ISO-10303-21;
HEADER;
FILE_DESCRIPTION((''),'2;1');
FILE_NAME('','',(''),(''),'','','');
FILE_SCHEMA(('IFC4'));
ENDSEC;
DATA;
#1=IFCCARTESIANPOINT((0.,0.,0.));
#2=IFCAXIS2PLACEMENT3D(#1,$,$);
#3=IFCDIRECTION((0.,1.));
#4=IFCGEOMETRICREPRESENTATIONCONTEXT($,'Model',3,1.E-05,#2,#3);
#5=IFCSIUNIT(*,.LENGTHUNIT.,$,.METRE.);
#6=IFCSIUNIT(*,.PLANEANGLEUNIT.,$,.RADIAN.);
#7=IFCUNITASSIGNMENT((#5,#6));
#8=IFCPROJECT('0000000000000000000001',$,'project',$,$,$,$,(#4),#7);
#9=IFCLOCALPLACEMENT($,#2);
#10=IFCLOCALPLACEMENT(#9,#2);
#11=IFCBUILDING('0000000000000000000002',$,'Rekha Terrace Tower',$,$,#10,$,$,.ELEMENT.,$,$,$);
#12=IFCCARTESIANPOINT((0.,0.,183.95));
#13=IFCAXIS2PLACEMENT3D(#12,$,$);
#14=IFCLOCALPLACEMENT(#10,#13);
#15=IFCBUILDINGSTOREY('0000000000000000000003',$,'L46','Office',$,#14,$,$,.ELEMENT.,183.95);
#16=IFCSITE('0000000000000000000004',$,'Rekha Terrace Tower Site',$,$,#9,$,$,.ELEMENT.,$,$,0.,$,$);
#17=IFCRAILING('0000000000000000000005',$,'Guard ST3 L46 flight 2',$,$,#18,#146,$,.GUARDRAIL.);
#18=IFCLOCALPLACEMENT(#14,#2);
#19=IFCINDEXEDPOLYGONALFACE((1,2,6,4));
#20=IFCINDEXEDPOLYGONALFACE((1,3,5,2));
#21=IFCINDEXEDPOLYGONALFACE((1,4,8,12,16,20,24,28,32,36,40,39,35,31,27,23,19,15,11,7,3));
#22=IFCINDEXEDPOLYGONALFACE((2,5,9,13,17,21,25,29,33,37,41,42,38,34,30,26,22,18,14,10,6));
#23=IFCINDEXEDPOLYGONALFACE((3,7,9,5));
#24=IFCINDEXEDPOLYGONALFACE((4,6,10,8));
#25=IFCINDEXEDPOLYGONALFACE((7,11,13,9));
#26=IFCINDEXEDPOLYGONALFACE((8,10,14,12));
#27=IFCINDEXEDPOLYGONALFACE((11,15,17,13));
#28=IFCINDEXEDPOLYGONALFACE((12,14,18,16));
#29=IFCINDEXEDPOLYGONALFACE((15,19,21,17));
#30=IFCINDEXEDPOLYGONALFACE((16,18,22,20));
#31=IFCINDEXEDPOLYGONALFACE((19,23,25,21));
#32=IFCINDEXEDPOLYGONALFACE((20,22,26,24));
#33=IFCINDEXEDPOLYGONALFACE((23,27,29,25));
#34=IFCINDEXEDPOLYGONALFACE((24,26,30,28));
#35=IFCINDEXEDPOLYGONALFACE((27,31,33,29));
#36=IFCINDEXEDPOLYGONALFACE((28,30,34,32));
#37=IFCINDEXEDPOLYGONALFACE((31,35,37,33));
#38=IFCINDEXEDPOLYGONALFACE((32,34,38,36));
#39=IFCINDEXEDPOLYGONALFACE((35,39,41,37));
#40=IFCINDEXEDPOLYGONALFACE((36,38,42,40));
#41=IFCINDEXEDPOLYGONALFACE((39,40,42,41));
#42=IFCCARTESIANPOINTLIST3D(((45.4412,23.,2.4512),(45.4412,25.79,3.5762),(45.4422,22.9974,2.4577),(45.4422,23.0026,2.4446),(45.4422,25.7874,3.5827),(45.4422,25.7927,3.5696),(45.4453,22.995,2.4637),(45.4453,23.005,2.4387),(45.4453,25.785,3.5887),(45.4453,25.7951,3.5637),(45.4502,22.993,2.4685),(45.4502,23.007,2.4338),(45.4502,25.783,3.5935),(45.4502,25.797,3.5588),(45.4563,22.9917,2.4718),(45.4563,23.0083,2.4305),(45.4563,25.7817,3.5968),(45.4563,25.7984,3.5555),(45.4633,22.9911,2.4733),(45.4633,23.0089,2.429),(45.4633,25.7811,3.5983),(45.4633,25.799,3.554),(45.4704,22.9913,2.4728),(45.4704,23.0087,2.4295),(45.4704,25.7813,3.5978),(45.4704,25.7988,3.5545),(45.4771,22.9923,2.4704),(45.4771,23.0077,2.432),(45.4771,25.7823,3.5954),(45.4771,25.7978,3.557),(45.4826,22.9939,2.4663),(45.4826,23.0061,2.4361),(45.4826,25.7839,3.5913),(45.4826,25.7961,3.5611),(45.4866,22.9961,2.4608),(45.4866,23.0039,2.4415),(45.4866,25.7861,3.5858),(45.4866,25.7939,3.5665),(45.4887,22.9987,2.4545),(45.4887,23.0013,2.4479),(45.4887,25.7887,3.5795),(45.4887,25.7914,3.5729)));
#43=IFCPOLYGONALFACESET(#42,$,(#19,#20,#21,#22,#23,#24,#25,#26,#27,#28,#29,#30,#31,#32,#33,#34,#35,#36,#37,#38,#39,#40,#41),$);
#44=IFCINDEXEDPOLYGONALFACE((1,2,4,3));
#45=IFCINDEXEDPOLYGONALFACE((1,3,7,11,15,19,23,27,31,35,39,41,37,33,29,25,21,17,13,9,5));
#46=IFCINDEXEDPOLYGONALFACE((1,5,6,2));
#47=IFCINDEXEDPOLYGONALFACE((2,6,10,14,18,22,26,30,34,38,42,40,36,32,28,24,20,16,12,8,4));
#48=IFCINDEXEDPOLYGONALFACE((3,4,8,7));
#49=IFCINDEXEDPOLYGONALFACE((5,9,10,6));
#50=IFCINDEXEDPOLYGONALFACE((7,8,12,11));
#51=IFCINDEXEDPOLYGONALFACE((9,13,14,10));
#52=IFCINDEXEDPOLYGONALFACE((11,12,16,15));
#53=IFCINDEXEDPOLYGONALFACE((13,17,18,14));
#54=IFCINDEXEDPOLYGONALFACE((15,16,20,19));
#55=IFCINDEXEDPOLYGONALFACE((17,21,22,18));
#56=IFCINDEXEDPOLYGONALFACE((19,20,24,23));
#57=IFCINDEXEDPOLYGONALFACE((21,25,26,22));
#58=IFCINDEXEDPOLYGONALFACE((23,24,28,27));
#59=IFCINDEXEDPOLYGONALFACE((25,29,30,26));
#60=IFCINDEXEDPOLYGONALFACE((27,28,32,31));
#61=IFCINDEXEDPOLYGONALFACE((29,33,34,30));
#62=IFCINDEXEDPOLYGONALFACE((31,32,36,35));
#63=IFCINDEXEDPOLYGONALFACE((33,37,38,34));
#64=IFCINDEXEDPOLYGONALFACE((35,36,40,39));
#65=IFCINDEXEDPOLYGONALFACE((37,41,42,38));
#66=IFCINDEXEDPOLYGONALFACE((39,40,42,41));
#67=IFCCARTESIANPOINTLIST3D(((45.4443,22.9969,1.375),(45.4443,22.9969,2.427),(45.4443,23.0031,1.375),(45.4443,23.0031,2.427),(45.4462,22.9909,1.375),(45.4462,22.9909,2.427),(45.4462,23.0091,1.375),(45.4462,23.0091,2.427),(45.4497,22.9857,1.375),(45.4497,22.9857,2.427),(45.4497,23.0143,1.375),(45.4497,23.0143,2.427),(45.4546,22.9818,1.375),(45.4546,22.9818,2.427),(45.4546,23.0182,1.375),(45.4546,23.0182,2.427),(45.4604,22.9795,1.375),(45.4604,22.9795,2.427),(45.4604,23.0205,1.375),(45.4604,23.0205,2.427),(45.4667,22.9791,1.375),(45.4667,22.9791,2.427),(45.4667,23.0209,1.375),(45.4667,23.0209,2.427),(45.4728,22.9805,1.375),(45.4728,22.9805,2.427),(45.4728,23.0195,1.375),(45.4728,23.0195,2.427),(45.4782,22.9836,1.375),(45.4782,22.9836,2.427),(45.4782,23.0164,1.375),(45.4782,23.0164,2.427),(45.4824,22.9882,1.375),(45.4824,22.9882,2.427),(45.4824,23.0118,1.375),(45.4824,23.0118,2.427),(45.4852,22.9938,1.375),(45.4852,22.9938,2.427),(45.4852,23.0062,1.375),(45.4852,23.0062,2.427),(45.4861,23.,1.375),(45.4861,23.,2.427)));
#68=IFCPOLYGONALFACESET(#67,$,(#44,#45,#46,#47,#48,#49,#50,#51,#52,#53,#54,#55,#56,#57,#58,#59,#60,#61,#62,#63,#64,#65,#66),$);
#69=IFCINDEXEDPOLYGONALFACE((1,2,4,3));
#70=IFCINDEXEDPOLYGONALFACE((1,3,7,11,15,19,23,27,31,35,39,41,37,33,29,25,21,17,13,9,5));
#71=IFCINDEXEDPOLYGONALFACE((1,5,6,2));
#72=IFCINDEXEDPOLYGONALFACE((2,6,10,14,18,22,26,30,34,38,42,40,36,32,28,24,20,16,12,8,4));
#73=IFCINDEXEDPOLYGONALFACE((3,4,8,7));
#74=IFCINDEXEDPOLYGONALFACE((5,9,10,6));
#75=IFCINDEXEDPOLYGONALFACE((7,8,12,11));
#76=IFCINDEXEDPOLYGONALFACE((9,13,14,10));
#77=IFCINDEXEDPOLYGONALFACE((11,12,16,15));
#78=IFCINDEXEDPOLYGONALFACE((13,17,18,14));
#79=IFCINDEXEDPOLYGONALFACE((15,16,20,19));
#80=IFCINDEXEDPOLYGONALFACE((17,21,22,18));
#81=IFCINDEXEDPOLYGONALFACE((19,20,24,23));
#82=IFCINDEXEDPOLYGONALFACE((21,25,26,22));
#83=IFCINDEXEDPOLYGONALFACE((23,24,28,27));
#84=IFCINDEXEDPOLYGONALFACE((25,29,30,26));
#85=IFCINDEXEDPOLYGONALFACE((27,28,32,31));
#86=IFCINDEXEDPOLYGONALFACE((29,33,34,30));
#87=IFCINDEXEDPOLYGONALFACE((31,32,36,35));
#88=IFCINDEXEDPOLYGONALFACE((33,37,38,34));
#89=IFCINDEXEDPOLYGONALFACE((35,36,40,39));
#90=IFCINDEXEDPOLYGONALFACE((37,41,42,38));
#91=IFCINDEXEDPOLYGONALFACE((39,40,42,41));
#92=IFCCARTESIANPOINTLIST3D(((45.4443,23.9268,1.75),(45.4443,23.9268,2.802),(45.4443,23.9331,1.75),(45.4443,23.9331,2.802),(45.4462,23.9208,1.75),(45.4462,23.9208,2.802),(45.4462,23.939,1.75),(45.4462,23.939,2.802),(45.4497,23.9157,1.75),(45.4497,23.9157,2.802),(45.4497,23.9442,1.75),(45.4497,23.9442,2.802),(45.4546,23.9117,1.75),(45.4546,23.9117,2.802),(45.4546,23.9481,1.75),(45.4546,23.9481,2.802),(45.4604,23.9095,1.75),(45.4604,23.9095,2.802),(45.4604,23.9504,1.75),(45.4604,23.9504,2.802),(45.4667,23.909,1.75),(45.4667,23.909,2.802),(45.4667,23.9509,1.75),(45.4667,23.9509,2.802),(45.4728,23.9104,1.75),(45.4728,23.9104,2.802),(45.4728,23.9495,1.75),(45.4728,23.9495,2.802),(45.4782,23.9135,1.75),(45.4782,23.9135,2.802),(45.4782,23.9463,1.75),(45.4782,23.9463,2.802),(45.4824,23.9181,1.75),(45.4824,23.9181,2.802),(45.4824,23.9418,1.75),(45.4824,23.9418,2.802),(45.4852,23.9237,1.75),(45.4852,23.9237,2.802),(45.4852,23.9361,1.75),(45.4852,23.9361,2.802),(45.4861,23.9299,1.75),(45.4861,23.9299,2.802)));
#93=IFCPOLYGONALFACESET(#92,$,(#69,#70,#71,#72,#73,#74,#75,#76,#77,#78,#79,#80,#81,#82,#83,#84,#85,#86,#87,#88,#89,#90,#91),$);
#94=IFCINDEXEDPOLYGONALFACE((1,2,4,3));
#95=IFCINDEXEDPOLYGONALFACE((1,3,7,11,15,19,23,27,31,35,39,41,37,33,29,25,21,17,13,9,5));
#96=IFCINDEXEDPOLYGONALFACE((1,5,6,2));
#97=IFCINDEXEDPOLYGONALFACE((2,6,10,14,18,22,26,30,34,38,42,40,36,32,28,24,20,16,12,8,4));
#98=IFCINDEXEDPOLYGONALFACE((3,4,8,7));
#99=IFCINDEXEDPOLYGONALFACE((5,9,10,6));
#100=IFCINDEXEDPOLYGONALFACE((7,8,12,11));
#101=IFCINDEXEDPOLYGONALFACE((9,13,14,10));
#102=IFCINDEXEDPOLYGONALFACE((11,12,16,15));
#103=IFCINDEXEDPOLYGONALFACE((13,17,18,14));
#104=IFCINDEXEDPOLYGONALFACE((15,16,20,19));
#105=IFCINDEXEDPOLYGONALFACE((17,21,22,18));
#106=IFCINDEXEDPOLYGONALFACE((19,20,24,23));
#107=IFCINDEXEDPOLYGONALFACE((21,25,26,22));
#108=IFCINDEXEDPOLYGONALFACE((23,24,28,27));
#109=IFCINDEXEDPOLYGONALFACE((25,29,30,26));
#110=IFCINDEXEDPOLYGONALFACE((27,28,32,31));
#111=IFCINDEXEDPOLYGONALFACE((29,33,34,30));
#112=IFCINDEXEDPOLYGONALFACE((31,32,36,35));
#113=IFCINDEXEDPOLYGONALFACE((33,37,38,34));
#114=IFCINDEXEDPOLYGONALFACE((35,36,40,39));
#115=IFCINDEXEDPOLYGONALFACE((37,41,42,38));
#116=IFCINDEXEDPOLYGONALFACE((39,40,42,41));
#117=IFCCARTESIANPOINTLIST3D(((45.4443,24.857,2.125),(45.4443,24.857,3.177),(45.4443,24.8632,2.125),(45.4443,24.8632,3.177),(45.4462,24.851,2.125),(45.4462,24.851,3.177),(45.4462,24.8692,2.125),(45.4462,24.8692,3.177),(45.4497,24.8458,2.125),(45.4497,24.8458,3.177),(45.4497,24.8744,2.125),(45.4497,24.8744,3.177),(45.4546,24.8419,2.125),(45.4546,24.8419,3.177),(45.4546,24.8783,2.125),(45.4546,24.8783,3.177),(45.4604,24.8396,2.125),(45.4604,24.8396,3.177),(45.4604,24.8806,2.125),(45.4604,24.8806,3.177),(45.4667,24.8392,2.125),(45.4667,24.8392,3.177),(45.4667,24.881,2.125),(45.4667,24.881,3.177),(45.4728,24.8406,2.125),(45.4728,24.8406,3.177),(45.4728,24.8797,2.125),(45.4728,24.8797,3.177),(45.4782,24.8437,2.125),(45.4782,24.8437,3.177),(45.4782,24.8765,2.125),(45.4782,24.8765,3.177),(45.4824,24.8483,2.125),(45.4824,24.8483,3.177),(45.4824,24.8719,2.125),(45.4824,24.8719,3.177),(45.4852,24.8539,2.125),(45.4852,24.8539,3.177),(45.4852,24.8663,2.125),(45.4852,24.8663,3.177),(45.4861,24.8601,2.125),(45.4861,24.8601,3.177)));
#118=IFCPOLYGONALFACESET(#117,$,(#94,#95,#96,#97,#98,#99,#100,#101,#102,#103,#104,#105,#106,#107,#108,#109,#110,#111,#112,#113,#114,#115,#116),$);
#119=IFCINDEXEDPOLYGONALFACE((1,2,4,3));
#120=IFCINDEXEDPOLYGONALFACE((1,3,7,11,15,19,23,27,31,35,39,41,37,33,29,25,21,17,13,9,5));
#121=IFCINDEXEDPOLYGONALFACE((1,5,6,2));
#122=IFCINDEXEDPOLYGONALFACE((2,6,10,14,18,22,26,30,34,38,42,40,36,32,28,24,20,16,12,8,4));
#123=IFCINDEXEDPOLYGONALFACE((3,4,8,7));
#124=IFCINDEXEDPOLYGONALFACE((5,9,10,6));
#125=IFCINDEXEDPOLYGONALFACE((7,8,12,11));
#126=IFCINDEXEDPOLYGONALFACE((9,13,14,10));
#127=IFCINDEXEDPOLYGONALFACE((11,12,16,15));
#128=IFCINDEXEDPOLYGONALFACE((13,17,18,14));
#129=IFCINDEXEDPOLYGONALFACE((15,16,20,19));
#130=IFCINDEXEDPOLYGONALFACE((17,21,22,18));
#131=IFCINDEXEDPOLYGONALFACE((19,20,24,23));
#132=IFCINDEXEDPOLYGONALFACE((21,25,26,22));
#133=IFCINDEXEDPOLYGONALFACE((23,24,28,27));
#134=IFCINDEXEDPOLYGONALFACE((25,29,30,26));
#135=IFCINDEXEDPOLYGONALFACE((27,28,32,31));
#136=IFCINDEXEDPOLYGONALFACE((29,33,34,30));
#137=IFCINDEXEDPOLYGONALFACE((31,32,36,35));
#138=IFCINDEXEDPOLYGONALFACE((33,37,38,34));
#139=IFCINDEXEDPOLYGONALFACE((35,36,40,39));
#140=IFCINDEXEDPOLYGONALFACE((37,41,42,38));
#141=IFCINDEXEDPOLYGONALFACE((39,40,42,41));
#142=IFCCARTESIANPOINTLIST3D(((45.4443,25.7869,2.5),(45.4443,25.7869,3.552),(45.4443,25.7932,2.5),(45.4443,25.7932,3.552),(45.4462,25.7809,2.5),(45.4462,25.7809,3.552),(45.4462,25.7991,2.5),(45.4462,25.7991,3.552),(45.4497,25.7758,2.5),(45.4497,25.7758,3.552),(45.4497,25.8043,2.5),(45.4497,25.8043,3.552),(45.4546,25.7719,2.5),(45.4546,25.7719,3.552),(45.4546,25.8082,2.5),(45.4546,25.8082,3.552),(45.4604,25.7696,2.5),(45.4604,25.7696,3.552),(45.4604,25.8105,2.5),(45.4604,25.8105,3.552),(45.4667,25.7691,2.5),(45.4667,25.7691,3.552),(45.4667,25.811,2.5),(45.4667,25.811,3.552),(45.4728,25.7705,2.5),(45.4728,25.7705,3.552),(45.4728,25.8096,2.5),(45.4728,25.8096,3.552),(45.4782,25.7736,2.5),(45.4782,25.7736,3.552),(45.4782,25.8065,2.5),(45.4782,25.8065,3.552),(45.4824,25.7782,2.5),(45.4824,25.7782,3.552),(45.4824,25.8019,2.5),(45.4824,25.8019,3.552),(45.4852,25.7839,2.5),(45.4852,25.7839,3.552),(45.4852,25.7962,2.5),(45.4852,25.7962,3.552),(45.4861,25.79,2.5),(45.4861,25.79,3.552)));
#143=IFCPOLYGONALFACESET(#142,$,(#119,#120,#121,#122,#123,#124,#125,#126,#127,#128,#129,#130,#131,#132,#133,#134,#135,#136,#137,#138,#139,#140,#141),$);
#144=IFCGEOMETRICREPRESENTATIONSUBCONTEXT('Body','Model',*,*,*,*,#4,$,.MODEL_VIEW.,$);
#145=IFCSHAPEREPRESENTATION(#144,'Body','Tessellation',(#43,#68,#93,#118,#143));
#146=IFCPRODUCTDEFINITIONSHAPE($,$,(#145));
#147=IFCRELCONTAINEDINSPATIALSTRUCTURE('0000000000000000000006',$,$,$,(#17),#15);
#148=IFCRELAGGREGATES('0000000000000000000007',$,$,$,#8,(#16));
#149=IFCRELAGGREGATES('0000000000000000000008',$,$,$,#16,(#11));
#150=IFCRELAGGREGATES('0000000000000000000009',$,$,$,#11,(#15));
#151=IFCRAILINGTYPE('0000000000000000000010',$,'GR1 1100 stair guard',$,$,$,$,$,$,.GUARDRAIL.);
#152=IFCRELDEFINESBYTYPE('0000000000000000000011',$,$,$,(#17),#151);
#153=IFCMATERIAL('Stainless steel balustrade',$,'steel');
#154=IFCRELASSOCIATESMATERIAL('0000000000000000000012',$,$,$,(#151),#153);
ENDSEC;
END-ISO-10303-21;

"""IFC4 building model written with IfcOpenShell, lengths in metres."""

from ifc_helpers import new_model, si_unit, direction, frame, origin, origin_2d, place, context, subcontext, project, spatial, circle, extrude, material, type_object, element, save


model = new_model("IFC4")

# Units and contexts
model_context = context("Model", 3, precision=1e-05, world=origin(), true_north=direction((0.0, 1.0)))
body_context = subcontext(model_context, "Body", "Model", "MODEL_VIEW")
ifc_project = project(units=[si_unit("LENGTHUNIT", "METRE"), si_unit("PLANEANGLEUNIT", "RADIAN")], contexts=[model_context])

# Site, building, storey
site_placement = place(None, origin())
site = spatial("IfcSite", under=ifc_project, at=site_placement, Name="Rekha Terrace Tower Site", CompositionType="ELEMENT", RefElevation=0.0)
building_placement = place(site_placement, origin())
building = spatial("IfcBuilding", under=site, at=building_placement, Name="Rekha Terrace Tower", CompositionType="ELEMENT")
storey_placement = place(building_placement, frame((0.0, 0.0, 183.95)))
storey = spatial("IfcBuildingStorey", under=building, at=storey_placement, Name="L46", Description="Office", CompositionType="ELEMENT", Elevation=183.95)

# Railing
ifc_material_1 = material(Name="Stainless steel balustrade", Category="steel")
railing_type_1 = type_object("IfcRailingType", Name="GR1 1100 stair guard", PredefinedType="GUARDRAIL", material=ifc_material_1)
railing_1_placement = place(storey_placement, frame((45.4651, 23.0, 1.375)))
element("IfcRailing", 1, at=railing_1_placement, inside=storey, type_object=railing_type_1, Name="Guard ST3 L46 flight 2", PredefinedType="GUARDRAIL", context=body_context, shape_type="SweptSolid", body=[
    extrude(circle(Radius=0.0239, at=origin_2d()), frame((0.0, 0.0, 1.0762), z_axis=(0.0, 0.927443, 0.373964), x_axis=(-1.0, 0.0, 0.0)), (0.0, 0.0, 1.0), 3.0083),
    extrude(circle(Radius=0.021, at=origin_2d()), origin(), (0.0, 0.0, 1.0), 1.052),
    extrude(circle(Radius=0.021, at=origin_2d()), frame((0.0, 0.9299, 0.375)), (0.0, 0.0, 1.0), 1.052),
    extrude(circle(Radius=0.021, at=origin_2d()), frame((0.0, 1.8601, 0.75)), (0.0, 0.0, 1.0), 1.052),
    extrude(circle(Radius=0.021, at=origin_2d()), frame((0.0, 2.79, 1.125)), (0.0, 0.0, 1.0), 1.052),
])

save(model, "model.ifc")
